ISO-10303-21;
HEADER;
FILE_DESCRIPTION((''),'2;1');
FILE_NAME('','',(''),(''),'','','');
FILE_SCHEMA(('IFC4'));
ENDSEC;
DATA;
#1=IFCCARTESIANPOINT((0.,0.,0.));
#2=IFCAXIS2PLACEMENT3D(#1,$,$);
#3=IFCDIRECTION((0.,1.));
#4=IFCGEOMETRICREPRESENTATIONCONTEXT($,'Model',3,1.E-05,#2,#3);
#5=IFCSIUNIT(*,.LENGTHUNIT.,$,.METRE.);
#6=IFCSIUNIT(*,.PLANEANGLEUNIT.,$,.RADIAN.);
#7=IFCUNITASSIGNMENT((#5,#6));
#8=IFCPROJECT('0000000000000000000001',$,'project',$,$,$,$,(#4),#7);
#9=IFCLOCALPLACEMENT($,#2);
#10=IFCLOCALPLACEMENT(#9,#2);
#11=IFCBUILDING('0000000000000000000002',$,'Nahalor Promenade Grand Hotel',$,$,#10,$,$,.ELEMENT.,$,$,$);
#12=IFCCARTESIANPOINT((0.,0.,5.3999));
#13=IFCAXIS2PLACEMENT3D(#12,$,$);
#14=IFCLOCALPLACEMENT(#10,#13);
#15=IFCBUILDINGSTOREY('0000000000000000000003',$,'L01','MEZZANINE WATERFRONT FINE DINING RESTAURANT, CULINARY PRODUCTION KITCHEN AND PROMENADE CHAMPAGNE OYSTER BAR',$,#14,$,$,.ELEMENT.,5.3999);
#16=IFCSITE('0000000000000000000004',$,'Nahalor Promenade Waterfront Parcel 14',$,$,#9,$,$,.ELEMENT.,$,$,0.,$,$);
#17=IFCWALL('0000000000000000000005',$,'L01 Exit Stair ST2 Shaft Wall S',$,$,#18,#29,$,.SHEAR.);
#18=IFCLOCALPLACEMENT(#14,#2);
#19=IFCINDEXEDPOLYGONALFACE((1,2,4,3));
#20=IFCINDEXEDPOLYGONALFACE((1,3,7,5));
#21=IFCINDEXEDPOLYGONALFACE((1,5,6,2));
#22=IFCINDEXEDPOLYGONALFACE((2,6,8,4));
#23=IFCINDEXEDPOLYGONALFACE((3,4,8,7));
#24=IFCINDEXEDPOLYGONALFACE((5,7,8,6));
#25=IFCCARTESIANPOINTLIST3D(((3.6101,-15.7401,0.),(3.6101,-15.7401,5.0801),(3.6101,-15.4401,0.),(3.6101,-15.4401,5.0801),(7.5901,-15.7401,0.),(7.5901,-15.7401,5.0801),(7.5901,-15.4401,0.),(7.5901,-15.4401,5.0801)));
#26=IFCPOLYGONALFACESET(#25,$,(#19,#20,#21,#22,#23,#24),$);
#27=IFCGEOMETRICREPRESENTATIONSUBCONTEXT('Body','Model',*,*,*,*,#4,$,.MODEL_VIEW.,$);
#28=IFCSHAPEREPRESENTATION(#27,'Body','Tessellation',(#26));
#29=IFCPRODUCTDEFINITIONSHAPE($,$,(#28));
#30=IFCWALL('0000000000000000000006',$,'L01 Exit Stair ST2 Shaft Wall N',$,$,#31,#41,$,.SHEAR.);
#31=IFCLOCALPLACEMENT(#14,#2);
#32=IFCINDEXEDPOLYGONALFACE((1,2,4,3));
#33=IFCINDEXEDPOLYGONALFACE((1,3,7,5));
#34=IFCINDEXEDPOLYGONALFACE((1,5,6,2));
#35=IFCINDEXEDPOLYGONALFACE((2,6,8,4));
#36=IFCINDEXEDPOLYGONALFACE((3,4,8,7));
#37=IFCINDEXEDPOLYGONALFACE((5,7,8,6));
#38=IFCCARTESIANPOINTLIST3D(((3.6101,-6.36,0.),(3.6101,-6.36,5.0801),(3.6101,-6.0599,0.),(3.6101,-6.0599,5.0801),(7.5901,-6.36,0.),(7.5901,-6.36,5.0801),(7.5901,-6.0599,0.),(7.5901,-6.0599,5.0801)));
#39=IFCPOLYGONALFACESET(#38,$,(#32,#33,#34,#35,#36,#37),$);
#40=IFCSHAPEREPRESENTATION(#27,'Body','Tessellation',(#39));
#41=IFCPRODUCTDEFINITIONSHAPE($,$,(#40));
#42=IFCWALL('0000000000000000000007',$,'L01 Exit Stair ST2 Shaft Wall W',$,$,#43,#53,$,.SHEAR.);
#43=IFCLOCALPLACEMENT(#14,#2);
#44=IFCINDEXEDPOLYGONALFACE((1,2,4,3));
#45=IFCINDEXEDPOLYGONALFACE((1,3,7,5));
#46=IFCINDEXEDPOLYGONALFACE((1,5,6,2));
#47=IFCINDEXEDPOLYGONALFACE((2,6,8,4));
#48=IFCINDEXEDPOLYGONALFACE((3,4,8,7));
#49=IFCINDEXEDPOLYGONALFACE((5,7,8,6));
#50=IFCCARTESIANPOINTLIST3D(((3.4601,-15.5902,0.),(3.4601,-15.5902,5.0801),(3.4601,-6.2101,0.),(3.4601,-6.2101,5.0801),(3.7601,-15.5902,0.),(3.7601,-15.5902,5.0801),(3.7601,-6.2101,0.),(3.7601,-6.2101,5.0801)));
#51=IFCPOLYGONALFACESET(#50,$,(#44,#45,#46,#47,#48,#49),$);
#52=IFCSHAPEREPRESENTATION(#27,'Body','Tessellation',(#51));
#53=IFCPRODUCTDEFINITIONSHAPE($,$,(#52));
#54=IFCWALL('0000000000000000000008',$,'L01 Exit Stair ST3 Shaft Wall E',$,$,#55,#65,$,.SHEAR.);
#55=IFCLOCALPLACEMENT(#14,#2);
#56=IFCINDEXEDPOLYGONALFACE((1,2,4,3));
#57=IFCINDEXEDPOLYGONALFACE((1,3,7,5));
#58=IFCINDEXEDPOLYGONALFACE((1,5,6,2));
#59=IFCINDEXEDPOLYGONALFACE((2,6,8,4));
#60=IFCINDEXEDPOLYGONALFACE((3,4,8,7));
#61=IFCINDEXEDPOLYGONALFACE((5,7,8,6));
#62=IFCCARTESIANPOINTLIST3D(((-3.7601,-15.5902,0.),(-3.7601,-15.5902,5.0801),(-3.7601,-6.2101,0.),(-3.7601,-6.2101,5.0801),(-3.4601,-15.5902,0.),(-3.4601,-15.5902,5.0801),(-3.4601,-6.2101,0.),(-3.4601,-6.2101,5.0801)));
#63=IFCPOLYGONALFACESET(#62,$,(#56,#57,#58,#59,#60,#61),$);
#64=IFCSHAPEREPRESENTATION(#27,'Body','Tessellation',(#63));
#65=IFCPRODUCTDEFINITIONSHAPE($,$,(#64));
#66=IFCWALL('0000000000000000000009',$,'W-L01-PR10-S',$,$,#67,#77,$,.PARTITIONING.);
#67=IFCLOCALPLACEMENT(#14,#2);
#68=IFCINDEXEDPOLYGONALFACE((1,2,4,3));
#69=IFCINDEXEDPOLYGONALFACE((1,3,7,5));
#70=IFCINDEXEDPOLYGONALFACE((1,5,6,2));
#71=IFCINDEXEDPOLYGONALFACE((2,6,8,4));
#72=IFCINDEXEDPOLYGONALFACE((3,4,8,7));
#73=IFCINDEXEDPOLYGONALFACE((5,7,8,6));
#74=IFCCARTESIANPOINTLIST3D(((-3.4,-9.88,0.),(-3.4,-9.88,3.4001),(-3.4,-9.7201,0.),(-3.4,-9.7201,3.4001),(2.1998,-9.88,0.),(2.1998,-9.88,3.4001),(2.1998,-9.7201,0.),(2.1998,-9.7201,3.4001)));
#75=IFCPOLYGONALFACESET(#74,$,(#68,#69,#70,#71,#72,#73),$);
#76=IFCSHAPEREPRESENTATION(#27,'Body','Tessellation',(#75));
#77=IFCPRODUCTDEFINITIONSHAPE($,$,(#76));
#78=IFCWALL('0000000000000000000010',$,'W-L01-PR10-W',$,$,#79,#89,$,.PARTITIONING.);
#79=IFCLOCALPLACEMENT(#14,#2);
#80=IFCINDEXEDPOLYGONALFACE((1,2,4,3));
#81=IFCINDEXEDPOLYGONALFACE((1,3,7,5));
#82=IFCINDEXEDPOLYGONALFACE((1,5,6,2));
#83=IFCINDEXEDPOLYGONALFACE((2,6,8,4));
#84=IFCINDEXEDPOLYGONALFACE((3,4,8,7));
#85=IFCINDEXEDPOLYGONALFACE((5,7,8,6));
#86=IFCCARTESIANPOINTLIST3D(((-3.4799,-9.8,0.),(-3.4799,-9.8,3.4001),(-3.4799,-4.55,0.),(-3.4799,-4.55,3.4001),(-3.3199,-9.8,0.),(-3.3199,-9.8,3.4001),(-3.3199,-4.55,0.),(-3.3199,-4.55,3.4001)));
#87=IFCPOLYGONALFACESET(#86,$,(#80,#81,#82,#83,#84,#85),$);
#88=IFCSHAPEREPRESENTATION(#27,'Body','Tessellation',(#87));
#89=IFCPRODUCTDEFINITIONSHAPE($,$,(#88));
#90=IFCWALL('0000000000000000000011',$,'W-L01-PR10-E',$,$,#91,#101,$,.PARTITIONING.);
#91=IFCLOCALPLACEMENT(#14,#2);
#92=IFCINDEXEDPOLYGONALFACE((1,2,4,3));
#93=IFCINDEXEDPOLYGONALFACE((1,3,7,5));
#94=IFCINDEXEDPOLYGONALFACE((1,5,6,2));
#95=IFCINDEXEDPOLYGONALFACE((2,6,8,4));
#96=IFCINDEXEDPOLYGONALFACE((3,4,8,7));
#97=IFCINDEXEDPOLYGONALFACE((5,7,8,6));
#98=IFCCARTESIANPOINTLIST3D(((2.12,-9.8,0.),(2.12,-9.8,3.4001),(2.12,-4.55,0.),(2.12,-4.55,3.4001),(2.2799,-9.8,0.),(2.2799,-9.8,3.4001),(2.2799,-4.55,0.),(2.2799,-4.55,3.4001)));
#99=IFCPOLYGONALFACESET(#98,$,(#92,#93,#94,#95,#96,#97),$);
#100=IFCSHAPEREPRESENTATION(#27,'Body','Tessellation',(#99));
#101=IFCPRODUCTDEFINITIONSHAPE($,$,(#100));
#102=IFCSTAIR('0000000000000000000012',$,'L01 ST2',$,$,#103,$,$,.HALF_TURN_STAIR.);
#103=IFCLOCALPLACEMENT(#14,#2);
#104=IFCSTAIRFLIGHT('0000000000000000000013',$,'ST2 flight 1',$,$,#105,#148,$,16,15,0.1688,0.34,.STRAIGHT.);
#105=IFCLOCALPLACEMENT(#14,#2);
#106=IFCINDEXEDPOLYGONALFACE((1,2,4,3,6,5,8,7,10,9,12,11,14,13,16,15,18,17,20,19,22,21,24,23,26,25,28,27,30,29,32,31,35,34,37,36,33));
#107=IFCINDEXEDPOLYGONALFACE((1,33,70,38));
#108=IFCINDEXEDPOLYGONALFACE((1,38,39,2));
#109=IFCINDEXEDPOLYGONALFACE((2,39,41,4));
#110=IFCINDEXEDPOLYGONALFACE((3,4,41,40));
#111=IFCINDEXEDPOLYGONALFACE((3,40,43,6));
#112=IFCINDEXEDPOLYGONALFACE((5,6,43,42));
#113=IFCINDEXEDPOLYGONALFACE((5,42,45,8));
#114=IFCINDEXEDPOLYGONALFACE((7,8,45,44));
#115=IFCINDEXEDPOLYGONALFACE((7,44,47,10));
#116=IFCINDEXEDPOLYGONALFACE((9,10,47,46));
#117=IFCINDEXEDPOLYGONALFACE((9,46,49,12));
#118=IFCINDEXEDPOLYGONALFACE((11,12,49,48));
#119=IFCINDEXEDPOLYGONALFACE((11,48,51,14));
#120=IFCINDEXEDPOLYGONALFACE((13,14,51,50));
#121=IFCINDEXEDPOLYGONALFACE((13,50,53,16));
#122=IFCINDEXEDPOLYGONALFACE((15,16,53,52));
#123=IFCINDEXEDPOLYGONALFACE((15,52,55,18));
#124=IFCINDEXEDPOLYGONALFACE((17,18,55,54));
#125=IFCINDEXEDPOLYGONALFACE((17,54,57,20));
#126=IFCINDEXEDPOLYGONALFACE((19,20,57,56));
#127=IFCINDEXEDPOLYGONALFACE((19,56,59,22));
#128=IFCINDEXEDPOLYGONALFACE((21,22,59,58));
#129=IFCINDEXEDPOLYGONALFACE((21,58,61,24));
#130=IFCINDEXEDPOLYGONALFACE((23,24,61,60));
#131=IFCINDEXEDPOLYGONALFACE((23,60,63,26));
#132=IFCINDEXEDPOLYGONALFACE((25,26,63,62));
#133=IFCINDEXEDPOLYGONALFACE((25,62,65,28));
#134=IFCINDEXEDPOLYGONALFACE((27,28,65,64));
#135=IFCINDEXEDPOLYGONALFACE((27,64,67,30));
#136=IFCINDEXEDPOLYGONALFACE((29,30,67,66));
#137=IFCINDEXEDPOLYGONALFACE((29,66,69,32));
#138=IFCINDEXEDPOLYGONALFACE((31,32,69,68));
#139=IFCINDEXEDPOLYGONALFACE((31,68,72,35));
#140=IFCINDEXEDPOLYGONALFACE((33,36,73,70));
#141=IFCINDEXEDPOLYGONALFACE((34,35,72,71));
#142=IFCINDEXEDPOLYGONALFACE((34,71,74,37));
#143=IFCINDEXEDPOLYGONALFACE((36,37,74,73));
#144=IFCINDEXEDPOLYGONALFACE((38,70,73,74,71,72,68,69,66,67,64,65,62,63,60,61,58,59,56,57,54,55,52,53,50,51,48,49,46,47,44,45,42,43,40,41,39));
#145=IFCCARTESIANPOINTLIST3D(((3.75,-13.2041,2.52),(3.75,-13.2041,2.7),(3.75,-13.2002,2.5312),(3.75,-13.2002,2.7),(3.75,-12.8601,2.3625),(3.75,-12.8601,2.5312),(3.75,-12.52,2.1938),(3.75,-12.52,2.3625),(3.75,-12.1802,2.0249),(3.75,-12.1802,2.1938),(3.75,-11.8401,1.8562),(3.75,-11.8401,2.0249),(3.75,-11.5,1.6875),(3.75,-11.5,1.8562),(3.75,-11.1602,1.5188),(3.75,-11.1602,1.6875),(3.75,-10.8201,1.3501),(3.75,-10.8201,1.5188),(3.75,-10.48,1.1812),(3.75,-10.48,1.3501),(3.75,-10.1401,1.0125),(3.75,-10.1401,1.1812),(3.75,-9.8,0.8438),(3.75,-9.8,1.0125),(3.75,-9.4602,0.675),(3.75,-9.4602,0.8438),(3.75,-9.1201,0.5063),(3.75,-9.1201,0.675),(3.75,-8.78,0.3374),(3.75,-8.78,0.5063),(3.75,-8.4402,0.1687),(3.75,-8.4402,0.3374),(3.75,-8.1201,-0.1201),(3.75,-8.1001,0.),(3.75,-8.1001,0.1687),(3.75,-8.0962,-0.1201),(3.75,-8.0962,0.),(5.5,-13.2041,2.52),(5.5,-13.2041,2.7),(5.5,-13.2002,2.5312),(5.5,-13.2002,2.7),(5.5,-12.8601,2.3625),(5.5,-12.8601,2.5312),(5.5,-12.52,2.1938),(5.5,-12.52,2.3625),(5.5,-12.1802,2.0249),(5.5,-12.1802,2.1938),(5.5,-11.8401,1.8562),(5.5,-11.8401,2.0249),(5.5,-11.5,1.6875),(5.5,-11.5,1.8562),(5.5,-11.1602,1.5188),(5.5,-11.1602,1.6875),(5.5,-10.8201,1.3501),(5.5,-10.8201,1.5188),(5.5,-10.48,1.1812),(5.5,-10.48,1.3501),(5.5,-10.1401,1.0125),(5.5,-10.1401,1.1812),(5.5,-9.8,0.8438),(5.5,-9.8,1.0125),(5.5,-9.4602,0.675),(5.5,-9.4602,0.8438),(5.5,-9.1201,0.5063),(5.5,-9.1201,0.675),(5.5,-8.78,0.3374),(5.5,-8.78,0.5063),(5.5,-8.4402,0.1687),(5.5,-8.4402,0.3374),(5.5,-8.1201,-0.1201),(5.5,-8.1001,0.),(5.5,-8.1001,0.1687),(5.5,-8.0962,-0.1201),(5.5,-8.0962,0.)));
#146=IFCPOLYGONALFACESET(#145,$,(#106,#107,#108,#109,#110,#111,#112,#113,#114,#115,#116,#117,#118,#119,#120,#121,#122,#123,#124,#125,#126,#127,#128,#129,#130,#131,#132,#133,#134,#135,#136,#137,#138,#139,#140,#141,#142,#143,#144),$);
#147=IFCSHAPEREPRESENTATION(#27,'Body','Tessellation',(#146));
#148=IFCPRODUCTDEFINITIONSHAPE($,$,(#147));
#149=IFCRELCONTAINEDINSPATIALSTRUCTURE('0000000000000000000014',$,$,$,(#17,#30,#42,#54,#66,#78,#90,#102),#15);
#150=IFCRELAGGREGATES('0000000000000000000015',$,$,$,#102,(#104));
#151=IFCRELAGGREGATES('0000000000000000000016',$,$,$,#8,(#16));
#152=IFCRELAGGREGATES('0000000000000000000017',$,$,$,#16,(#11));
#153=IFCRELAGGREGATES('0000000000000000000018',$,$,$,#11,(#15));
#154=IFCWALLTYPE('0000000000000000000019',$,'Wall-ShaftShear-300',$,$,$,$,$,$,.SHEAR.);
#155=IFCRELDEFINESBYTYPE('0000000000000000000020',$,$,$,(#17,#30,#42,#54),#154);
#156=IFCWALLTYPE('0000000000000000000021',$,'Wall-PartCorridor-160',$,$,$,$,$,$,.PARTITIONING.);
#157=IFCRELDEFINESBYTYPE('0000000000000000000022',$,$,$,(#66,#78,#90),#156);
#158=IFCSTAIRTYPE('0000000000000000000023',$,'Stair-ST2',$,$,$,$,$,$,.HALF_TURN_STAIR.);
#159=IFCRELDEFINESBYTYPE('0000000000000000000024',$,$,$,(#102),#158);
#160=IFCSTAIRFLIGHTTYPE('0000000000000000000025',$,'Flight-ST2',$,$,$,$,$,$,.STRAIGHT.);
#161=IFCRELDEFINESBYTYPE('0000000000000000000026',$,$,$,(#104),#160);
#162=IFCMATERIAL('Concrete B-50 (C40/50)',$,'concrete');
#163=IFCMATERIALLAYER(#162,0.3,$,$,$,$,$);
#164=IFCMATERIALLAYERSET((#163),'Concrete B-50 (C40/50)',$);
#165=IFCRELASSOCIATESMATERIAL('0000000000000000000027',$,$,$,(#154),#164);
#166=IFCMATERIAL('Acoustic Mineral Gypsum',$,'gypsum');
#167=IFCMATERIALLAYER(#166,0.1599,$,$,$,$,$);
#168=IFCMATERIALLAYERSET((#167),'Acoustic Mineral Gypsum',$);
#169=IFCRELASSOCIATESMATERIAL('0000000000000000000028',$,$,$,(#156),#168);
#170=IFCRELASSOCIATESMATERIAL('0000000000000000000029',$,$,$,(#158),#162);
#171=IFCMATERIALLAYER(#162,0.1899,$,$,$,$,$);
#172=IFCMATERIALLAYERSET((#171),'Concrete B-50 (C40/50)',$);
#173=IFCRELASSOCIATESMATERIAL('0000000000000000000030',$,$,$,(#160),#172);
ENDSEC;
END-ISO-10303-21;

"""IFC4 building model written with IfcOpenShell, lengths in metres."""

from ifc_helpers import new_model, si_unit, direction, frame, frame_2d, origin, place, context, subcontext, project, spatial, polyline, rectangle, outline, extrude, source, transform, mapped, material, layer, layer_set, type_object, element, aggregate, save


model = new_model("IFC4")

# Units and contexts
model_context = context("Model", 3, precision=1e-05, world=origin(), true_north=direction((0.0, 1.0)))
body_context = subcontext(model_context, "Body", "Model", "MODEL_VIEW")
ifc_project = project(units=[si_unit("LENGTHUNIT", "METRE"), si_unit("PLANEANGLEUNIT", "RADIAN")], contexts=[model_context])

# Site, building, storey
site_placement = place(None, origin())
site = spatial("IfcSite", under=ifc_project, at=site_placement, Name="Nahalor Promenade Waterfront Parcel 14", CompositionType="ELEMENT", RefElevation=0.0)
building_placement = place(site_placement, origin())
building = spatial("IfcBuilding", under=site, at=building_placement, Name="Nahalor Promenade Grand Hotel", CompositionType="ELEMENT")
storey_placement = place(building_placement, frame((0.0, 0.0, 5.3999)))
storey = spatial("IfcBuildingStorey", under=building, at=storey_placement, Name="L01", Description="MEZZANINE WATERFRONT FINE DINING RESTAURANT, CULINARY PRODUCTION KITCHEN AND PROMENADE CHAMPAGNE OYSTER BAR", CompositionType="ELEMENT", Elevation=5.3999)

# Walls
ifc_material_1 = material(Name="Concrete B-50 (C40/50)", Category="concrete")
ifc_layer_1 = layer(ifc_material_1, 0.3)
ifc_layer_set_1 = layer_set([ifc_layer_1], Name="Concrete B-50 (C40/50)")
wall_type_1 = type_object("IfcWallType", Name="Wall-ShaftShear-300", PredefinedType="SHEAR", material=ifc_layer_set_1)
shared_shape_1 = source(origin(), body_context, "Body", "SweptSolid", [
    extrude(rectangle(XDim=3.98, YDim=0.3, at=frame_2d((1.99, 0.0))), origin(), (0.0, 0.0, 1.0), 5.0801),
])
for number, where, z_axis, x_axis, name in (
    (1, (3.6101, -15.5901, 0.0), (0.0, 0.0, 1.0), (1.0, 0.0, 0.0), "L01 Exit Stair ST2 Shaft Wall S"),
    (2, (3.6101, -6.21, 0.0), (0.0, 0.0, 1.0), (1.0, 0.0, 0.0), "L01 Exit Stair ST2 Shaft Wall N"),
):
    element("IfcWall", number, at=place(storey_placement, frame(where, z_axis=z_axis, x_axis=x_axis)), inside=storey, type_object=wall_type_1, Name=name, PredefinedType="SHEAR", context=body_context, shape_type="MappedRepresentation", body=[
        mapped(shared_shape_1, transform((0.0, 0.0, 0.0), scale=1.0)),
    ])
shared_shape_2 = source(origin(), body_context, "Body", "SweptSolid", [
    extrude(rectangle(XDim=9.3801, YDim=0.3, at=frame_2d((4.6899, 0.0))), origin(), (0.0, 0.0, 1.0), 5.0801),
])
for number, where, z_axis, x_axis, name in (
    (3, (3.6101, -15.5901, 0.0), (0.0, 0.0, 1.0), (0.0, 1.0, 0.0), "L01 Exit Stair ST2 Shaft Wall W"),
    (4, (-3.6101, -15.5901, 0.0), (0.0, 0.0, 1.0), (0.0, 1.0, 0.0), "L01 Exit Stair ST3 Shaft Wall E"),
):
    element("IfcWall", number, at=place(storey_placement, frame(where, z_axis=z_axis, x_axis=x_axis)), inside=storey, type_object=wall_type_1, Name=name, PredefinedType="SHEAR", context=body_context, shape_type="MappedRepresentation", body=[
        mapped(shared_shape_2, transform((0.0, 0.0, 0.0), scale=1.0)),
    ])
ifc_material_2 = material(Name="Acoustic Mineral Gypsum", Category="gypsum")
ifc_layer_2 = layer(ifc_material_2, 0.1599)
ifc_layer_set_2 = layer_set([ifc_layer_2], Name="Acoustic Mineral Gypsum")
wall_type_2 = type_object("IfcWallType", Name="Wall-PartCorridor-160", PredefinedType="PARTITIONING", material=ifc_layer_set_2)
shared_shape_3 = source(origin(), body_context, "Body", "SweptSolid", [
    extrude(rectangle(XDim=5.5999, YDim=0.1599, at=frame_2d((2.7998, 0.0))), origin(), (0.0, 0.0, 1.0), 3.4001),
])
wall_placement = place(storey_placement, frame((-3.3999, -9.8, 0.0), z_axis=(0.0, 0.0, 1.0), x_axis=(1.0, 0.0, 0.0)))
element("IfcWall", 5, at=wall_placement, inside=storey, type_object=wall_type_2, Name="W-L01-PR10-S", PredefinedType="PARTITIONING", context=body_context, shape_type="MappedRepresentation", body=[
    mapped(shared_shape_3, transform((0.0, 0.0, 0.0), scale=1.0)),
])
shared_shape_4 = source(origin(), body_context, "Body", "SweptSolid", [
    extrude(rectangle(XDim=5.25, YDim=0.1599, at=frame_2d((2.625, 0.0))), origin(), (0.0, 0.0, 1.0), 3.4001),
])
for number, where, z_axis, x_axis, name in (
    (6, (-3.3999, -9.8, 0.0), (0.0, 0.0, 1.0), (0.0, 1.0, 0.0), "W-L01-PR10-W"),
    (7, (2.2, -9.8, 0.0), (0.0, 0.0, 1.0), (0.0, 1.0, 0.0), "W-L01-PR10-E"),
):
    element("IfcWall", number, at=place(storey_placement, frame(where, z_axis=z_axis, x_axis=x_axis)), inside=storey, type_object=wall_type_2, Name=name, PredefinedType="PARTITIONING", context=body_context, shape_type="MappedRepresentation", body=[
        mapped(shared_shape_4, transform((0.0, 0.0, 0.0), scale=1.0)),
    ])

# Stair, stair flight
stair_type_1 = type_object("IfcStairType", Name="Stair-ST2", PredefinedType="HALF_TURN_STAIR", material=ifc_material_1)
stair_1_placement = place(storey_placement, origin())
stair_1 = element("IfcStair", 8, at=stair_1_placement, inside=storey, type_object=stair_type_1, Name="L01 ST2", PredefinedType="HALF_TURN_STAIR")
ifc_layer_3 = layer(ifc_material_1, 0.1899)
ifc_layer_set_3 = layer_set([ifc_layer_3], Name="Concrete B-50 (C40/50)")
stair_flight_type_1 = type_object("IfcStairFlightType", Name="Flight-ST2", PredefinedType="STRAIGHT", material=ifc_layer_set_3)
shared_shape_5 = source(origin(), body_context, "Body", "SweptSolid", [
    extrude(outline(polyline([(-0.0039, -0.1201), (-0.0039, 0.0), (0.0, 0.0), (0.0, 0.1687), (0.3401, 0.1687), (0.3401, 0.3374), (0.6799, 0.3374), (0.6799, 0.5063), (1.02, 0.5063), (1.02, 0.675), (1.3601, 0.675), (1.3601, 0.8438), (1.7, 0.8438), (1.7, 1.0125), (2.04, 1.0125), (2.04, 1.1812), (2.3799, 1.1812), (2.3799, 1.3501), (2.72, 1.3501), (2.72, 1.5188), (3.0601, 1.5188), (3.0601, 1.6875), (3.3999, 1.6875), (3.3999, 1.8562), (3.74, 1.8562), (3.74, 2.0249), (4.0801, 2.0249), (4.0801, 2.1938), (4.4199, 2.1938), (4.4199, 2.3625), (4.76, 2.3625), (4.76, 2.5312), (5.1001, 2.5312), (5.1001, 2.7), (5.104, 2.7), (5.104, 2.52), (0.02, -0.1201), (-0.0039, -0.1201)])), frame((0.0, 0.875, 0.0), z_axis=(0.0, -1.0, 0.0), x_axis=(1.0, 0.0, 0.0)), (0.0, 0.0, 1.0), 1.75),
])
stair_flight_1_placement = place(storey_placement, frame((4.625, -8.1001, 0.0), z_axis=(0.0, 0.0, 1.0), x_axis=(0.0, -1.0, 0.0)))
stair_flight_1 = element("IfcStairFlight", 9, at=stair_flight_1_placement, type_object=stair_flight_type_1, Name="ST2 flight 1", NumberOfRisers=16, NumberOfTreads=15, PredefinedType="STRAIGHT", RiserHeight=0.1688, TreadLength=0.34, context=body_context, shape_type="MappedRepresentation", body=[
    mapped(shared_shape_5, transform((0.0, 0.0, 0.0), scale=1.0)),
])
aggregate(stair_1, [stair_flight_1])

save(model, "model.ifc")
